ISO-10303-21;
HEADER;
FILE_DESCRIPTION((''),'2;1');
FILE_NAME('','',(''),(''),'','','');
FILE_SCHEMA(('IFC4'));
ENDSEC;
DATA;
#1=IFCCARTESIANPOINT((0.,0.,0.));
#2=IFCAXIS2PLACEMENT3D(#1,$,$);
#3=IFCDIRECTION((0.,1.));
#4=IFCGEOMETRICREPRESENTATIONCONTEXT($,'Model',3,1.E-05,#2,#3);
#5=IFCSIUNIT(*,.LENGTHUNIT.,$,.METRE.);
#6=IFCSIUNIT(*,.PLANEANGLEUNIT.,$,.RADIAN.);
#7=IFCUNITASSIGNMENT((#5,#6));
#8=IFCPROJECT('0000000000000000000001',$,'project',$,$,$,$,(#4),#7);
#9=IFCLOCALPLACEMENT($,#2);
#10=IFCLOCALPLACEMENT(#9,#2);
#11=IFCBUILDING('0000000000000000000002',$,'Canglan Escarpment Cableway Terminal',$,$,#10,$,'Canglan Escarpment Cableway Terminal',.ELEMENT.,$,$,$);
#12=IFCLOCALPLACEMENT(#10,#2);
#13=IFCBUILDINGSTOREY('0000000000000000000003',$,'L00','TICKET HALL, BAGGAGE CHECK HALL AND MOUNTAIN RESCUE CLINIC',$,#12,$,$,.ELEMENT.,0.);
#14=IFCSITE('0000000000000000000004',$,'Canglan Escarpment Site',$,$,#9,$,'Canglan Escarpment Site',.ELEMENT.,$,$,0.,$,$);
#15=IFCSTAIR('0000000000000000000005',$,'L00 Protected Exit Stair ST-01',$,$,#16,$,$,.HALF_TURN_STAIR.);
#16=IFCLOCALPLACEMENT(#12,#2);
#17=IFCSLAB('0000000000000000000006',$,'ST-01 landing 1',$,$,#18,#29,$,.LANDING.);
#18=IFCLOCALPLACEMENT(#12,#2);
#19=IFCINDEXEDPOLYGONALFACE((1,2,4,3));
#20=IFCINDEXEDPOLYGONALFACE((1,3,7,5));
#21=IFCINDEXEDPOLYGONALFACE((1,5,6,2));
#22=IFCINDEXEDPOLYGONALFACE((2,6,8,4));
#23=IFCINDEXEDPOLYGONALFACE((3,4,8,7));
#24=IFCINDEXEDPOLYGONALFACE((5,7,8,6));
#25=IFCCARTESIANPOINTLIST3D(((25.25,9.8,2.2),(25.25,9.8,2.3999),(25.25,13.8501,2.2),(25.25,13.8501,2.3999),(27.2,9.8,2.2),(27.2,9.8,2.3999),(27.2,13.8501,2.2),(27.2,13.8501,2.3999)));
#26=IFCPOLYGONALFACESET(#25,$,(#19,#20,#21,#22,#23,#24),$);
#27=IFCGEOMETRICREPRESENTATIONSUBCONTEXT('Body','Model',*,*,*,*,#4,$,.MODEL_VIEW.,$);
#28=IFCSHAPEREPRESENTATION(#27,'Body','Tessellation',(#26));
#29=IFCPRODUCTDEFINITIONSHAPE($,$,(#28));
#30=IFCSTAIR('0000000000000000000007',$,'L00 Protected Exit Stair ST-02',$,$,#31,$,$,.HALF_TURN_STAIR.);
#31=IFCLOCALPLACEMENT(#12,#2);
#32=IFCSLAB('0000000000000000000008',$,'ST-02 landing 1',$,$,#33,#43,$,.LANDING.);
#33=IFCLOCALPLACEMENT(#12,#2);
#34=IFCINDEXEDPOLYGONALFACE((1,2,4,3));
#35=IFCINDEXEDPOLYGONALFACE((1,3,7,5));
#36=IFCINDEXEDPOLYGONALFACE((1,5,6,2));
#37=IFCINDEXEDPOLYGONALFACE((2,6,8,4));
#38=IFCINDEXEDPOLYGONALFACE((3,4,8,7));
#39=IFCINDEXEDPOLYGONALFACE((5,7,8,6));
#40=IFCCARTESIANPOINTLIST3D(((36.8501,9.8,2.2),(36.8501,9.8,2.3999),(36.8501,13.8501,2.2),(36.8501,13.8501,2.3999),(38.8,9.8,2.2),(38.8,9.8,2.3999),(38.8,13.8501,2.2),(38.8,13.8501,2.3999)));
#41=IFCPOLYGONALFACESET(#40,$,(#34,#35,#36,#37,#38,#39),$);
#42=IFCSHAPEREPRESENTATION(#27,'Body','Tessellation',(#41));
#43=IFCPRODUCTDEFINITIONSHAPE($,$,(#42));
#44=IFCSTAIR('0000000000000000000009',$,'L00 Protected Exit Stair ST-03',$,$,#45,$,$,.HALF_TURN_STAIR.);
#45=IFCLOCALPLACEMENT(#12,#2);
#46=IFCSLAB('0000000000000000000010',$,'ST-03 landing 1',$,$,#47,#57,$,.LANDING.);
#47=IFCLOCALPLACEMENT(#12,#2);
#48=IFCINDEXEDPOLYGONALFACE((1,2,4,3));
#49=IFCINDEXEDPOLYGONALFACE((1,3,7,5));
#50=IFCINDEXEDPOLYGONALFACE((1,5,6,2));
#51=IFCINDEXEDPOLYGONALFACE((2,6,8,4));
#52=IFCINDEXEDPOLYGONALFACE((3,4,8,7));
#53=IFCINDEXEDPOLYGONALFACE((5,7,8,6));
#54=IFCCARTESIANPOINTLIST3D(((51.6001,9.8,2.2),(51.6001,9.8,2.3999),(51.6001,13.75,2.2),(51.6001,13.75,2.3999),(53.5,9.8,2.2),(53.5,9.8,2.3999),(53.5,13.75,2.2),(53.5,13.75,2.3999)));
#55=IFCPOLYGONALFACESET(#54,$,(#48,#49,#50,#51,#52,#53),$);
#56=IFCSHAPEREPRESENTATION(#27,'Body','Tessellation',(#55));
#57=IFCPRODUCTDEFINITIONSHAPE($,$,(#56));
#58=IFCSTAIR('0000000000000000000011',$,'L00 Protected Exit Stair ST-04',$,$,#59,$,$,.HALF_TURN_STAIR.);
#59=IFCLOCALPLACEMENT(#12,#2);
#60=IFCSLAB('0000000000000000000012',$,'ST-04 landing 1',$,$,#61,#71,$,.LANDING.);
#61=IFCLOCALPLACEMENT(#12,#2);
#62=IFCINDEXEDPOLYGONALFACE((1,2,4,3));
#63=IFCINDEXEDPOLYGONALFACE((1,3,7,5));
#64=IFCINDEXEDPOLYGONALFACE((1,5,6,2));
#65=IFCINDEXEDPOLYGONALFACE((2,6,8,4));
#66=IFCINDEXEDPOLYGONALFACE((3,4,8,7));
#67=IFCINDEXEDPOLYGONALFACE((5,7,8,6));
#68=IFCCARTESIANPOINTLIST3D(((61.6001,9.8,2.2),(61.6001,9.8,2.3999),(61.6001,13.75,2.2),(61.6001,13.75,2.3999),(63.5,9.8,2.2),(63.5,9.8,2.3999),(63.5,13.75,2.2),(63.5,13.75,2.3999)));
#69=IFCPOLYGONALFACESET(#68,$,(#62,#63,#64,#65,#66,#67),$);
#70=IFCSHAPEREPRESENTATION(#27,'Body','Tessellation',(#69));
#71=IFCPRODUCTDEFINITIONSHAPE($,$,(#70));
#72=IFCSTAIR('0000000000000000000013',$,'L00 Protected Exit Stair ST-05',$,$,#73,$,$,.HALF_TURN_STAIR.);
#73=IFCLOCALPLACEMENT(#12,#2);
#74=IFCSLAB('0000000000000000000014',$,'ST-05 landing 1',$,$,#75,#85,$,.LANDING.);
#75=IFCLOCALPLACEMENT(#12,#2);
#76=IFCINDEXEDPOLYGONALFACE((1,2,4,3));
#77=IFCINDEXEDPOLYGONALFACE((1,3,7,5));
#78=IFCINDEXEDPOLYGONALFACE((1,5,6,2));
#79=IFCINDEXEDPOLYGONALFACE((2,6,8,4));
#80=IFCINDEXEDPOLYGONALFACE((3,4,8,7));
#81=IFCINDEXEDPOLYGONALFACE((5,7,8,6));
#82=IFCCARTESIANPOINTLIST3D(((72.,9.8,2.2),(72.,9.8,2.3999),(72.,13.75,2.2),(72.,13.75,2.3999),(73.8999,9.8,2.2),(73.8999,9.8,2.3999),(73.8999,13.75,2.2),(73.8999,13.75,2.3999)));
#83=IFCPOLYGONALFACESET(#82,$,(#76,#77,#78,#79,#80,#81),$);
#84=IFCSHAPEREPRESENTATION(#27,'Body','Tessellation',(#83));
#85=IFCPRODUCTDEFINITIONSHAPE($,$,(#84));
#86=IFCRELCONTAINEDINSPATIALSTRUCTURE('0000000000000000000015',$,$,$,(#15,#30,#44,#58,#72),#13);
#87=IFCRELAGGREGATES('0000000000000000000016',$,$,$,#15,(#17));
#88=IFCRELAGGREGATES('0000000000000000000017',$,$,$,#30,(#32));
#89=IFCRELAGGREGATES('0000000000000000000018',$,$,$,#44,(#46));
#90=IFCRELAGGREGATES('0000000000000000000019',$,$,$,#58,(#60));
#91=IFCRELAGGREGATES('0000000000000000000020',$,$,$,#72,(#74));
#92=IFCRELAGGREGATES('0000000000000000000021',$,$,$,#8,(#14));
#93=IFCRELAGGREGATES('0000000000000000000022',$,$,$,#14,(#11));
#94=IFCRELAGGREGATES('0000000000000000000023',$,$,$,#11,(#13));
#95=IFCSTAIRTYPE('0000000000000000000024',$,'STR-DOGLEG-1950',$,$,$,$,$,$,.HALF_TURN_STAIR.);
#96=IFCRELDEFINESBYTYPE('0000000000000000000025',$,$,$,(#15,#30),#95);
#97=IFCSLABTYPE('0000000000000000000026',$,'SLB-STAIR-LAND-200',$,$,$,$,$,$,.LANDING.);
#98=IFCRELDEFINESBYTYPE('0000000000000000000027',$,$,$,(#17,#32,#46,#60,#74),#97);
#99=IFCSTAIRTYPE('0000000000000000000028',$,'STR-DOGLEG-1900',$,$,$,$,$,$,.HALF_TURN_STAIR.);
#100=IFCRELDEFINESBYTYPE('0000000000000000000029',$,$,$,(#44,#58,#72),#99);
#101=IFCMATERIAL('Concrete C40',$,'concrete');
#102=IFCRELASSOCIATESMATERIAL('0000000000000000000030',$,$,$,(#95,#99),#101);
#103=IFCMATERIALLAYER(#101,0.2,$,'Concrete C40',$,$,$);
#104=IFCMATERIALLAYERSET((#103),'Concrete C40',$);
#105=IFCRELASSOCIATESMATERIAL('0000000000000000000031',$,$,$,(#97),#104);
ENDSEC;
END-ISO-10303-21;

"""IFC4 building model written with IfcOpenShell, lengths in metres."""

from ifc_helpers import new_model, si_unit, direction, frame, origin, place, context, subcontext, project, spatial, polyline, outline, extrude, material, layer, layer_set, type_object, element, aggregate, save


model = new_model("IFC4")

# Units and contexts
model_context = context("Model", 3, precision=1e-05, world=origin(), true_north=direction((0.0, 1.0)))
body_context = subcontext(model_context, "Body", "Model", "MODEL_VIEW")
ifc_project = project(units=[si_unit("LENGTHUNIT", "METRE"), si_unit("PLANEANGLEUNIT", "RADIAN")], contexts=[model_context])

# Site, building, storey
site_placement = place(None, origin())
site = spatial("IfcSite", under=ifc_project, at=site_placement, Name="Canglan Escarpment Site", LongName="Canglan Escarpment Site", CompositionType="ELEMENT", RefElevation=0.0)
building_placement = place(site_placement, origin())
building = spatial("IfcBuilding", under=site, at=building_placement, Name="Canglan Escarpment Cableway Terminal", LongName="Canglan Escarpment Cableway Terminal", CompositionType="ELEMENT")
storey_placement = place(building_placement, origin())
storey = spatial("IfcBuildingStorey", under=building, at=storey_placement, Name="L00", Description="TICKET HALL, BAGGAGE CHECK HALL AND MOUNTAIN RESCUE CLINIC", CompositionType="ELEMENT", Elevation=0.0)

# Shared definitions
ifc_material_1 = material(Name="Concrete C40", Category="concrete")

# Stairs, slabs
stair_type_1 = type_object("IfcStairType", Name="STR-DOGLEG-1950", PredefinedType="HALF_TURN_STAIR", material=ifc_material_1)
stair_1_placement = place(storey_placement, origin())
stair_1 = element("IfcStair", 1, at=stair_1_placement, inside=storey, type_object=stair_type_1, Name="L00 Protected Exit Stair ST-01", PredefinedType="HALF_TURN_STAIR")
ifc_layer_1 = layer(ifc_material_1, 0.2, Name="Concrete C40")
ifc_layer_set_1 = layer_set([ifc_layer_1], Name="Concrete C40")
slab_type_1 = type_object("IfcSlabType", Name="SLB-STAIR-LAND-200", PredefinedType="LANDING", material=ifc_layer_set_1)
slab_1_placement = place(storey_placement, frame((0.0, 0.0, 2.2)))
slab_1 = element("IfcSlab", 2, at=slab_1_placement, type_object=slab_type_1, Name="ST-01 landing 1", PredefinedType="LANDING", context=body_context, shape_type="SweptSolid", body=[
    extrude(outline(polyline([(25.25, 9.8), (27.2, 9.8), (27.2, 13.8501), (25.25, 13.8501), (25.25, 9.8)])), origin(), (0.0, 0.0, 1.0), 0.2),
])
aggregate(stair_1, [slab_1])
stair_2_placement = place(storey_placement, origin())
stair_2 = element("IfcStair", 3, at=stair_2_placement, inside=storey, type_object=stair_type_1, Name="L00 Protected Exit Stair ST-02", PredefinedType="HALF_TURN_STAIR")
slab_2_placement = place(storey_placement, frame((0.0, 0.0, 2.2)))
slab_2 = element("IfcSlab", 4, at=slab_2_placement, type_object=slab_type_1, Name="ST-02 landing 1", PredefinedType="LANDING", context=body_context, shape_type="SweptSolid", body=[
    extrude(outline(polyline([(36.8501, 9.8), (38.8, 9.8), (38.8, 13.8501), (36.8501, 13.8501), (36.8501, 9.8)])), origin(), (0.0, 0.0, 1.0), 0.2),
])
aggregate(stair_2, [slab_2])
stair_type_2 = type_object("IfcStairType", Name="STR-DOGLEG-1900", PredefinedType="HALF_TURN_STAIR", material=ifc_material_1)
stair_3_placement = place(storey_placement, origin())
stair_3 = element("IfcStair", 5, at=stair_3_placement, inside=storey, type_object=stair_type_2, Name="L00 Protected Exit Stair ST-03", PredefinedType="HALF_TURN_STAIR")
slab_3_placement = place(storey_placement, frame((0.0, 0.0, 2.2)))
slab_3 = element("IfcSlab", 6, at=slab_3_placement, type_object=slab_type_1, Name="ST-03 landing 1", PredefinedType="LANDING", context=body_context, shape_type="SweptSolid", body=[
    extrude(outline(polyline([(51.6001, 9.8), (53.5, 9.8), (53.5, 13.75), (51.6001, 13.75), (51.6001, 9.8)])), origin(), (0.0, 0.0, 1.0), 0.2),
])
aggregate(stair_3, [slab_3])
stair_4_placement = place(storey_placement, origin())
stair_4 = element("IfcStair", 7, at=stair_4_placement, inside=storey, type_object=stair_type_2, Name="L00 Protected Exit Stair ST-04", PredefinedType="HALF_TURN_STAIR")
slab_4_placement = place(storey_placement, frame((0.0, 0.0, 2.2)))
slab_4 = element("IfcSlab", 8, at=slab_4_placement, type_object=slab_type_1, Name="ST-04 landing 1", PredefinedType="LANDING", context=body_context, shape_type="SweptSolid", body=[
    extrude(outline(polyline([(61.6001, 9.8), (63.5, 9.8), (63.5, 13.75), (61.6001, 13.75), (61.6001, 9.8)])), origin(), (0.0, 0.0, 1.0), 0.2),
])
aggregate(stair_4, [slab_4])
stair_5_placement = place(storey_placement, origin())
stair_5 = element("IfcStair", 9, at=stair_5_placement, inside=storey, type_object=stair_type_2, Name="L00 Protected Exit Stair ST-05", PredefinedType="HALF_TURN_STAIR")
slab_5_placement = place(storey_placement, frame((0.0, 0.0, 2.2)))
slab_5 = element("IfcSlab", 10, at=slab_5_placement, type_object=slab_type_1, Name="ST-05 landing 1", PredefinedType="LANDING", context=body_context, shape_type="SweptSolid", body=[
    extrude(outline(polyline([(72.0, 9.8), (73.8999, 9.8), (73.8999, 13.75), (72.0, 13.75), (72.0, 9.8)])), origin(), (0.0, 0.0, 1.0), 0.2),
])
aggregate(stair_5, [slab_5])

save(model, "model.ifc")
